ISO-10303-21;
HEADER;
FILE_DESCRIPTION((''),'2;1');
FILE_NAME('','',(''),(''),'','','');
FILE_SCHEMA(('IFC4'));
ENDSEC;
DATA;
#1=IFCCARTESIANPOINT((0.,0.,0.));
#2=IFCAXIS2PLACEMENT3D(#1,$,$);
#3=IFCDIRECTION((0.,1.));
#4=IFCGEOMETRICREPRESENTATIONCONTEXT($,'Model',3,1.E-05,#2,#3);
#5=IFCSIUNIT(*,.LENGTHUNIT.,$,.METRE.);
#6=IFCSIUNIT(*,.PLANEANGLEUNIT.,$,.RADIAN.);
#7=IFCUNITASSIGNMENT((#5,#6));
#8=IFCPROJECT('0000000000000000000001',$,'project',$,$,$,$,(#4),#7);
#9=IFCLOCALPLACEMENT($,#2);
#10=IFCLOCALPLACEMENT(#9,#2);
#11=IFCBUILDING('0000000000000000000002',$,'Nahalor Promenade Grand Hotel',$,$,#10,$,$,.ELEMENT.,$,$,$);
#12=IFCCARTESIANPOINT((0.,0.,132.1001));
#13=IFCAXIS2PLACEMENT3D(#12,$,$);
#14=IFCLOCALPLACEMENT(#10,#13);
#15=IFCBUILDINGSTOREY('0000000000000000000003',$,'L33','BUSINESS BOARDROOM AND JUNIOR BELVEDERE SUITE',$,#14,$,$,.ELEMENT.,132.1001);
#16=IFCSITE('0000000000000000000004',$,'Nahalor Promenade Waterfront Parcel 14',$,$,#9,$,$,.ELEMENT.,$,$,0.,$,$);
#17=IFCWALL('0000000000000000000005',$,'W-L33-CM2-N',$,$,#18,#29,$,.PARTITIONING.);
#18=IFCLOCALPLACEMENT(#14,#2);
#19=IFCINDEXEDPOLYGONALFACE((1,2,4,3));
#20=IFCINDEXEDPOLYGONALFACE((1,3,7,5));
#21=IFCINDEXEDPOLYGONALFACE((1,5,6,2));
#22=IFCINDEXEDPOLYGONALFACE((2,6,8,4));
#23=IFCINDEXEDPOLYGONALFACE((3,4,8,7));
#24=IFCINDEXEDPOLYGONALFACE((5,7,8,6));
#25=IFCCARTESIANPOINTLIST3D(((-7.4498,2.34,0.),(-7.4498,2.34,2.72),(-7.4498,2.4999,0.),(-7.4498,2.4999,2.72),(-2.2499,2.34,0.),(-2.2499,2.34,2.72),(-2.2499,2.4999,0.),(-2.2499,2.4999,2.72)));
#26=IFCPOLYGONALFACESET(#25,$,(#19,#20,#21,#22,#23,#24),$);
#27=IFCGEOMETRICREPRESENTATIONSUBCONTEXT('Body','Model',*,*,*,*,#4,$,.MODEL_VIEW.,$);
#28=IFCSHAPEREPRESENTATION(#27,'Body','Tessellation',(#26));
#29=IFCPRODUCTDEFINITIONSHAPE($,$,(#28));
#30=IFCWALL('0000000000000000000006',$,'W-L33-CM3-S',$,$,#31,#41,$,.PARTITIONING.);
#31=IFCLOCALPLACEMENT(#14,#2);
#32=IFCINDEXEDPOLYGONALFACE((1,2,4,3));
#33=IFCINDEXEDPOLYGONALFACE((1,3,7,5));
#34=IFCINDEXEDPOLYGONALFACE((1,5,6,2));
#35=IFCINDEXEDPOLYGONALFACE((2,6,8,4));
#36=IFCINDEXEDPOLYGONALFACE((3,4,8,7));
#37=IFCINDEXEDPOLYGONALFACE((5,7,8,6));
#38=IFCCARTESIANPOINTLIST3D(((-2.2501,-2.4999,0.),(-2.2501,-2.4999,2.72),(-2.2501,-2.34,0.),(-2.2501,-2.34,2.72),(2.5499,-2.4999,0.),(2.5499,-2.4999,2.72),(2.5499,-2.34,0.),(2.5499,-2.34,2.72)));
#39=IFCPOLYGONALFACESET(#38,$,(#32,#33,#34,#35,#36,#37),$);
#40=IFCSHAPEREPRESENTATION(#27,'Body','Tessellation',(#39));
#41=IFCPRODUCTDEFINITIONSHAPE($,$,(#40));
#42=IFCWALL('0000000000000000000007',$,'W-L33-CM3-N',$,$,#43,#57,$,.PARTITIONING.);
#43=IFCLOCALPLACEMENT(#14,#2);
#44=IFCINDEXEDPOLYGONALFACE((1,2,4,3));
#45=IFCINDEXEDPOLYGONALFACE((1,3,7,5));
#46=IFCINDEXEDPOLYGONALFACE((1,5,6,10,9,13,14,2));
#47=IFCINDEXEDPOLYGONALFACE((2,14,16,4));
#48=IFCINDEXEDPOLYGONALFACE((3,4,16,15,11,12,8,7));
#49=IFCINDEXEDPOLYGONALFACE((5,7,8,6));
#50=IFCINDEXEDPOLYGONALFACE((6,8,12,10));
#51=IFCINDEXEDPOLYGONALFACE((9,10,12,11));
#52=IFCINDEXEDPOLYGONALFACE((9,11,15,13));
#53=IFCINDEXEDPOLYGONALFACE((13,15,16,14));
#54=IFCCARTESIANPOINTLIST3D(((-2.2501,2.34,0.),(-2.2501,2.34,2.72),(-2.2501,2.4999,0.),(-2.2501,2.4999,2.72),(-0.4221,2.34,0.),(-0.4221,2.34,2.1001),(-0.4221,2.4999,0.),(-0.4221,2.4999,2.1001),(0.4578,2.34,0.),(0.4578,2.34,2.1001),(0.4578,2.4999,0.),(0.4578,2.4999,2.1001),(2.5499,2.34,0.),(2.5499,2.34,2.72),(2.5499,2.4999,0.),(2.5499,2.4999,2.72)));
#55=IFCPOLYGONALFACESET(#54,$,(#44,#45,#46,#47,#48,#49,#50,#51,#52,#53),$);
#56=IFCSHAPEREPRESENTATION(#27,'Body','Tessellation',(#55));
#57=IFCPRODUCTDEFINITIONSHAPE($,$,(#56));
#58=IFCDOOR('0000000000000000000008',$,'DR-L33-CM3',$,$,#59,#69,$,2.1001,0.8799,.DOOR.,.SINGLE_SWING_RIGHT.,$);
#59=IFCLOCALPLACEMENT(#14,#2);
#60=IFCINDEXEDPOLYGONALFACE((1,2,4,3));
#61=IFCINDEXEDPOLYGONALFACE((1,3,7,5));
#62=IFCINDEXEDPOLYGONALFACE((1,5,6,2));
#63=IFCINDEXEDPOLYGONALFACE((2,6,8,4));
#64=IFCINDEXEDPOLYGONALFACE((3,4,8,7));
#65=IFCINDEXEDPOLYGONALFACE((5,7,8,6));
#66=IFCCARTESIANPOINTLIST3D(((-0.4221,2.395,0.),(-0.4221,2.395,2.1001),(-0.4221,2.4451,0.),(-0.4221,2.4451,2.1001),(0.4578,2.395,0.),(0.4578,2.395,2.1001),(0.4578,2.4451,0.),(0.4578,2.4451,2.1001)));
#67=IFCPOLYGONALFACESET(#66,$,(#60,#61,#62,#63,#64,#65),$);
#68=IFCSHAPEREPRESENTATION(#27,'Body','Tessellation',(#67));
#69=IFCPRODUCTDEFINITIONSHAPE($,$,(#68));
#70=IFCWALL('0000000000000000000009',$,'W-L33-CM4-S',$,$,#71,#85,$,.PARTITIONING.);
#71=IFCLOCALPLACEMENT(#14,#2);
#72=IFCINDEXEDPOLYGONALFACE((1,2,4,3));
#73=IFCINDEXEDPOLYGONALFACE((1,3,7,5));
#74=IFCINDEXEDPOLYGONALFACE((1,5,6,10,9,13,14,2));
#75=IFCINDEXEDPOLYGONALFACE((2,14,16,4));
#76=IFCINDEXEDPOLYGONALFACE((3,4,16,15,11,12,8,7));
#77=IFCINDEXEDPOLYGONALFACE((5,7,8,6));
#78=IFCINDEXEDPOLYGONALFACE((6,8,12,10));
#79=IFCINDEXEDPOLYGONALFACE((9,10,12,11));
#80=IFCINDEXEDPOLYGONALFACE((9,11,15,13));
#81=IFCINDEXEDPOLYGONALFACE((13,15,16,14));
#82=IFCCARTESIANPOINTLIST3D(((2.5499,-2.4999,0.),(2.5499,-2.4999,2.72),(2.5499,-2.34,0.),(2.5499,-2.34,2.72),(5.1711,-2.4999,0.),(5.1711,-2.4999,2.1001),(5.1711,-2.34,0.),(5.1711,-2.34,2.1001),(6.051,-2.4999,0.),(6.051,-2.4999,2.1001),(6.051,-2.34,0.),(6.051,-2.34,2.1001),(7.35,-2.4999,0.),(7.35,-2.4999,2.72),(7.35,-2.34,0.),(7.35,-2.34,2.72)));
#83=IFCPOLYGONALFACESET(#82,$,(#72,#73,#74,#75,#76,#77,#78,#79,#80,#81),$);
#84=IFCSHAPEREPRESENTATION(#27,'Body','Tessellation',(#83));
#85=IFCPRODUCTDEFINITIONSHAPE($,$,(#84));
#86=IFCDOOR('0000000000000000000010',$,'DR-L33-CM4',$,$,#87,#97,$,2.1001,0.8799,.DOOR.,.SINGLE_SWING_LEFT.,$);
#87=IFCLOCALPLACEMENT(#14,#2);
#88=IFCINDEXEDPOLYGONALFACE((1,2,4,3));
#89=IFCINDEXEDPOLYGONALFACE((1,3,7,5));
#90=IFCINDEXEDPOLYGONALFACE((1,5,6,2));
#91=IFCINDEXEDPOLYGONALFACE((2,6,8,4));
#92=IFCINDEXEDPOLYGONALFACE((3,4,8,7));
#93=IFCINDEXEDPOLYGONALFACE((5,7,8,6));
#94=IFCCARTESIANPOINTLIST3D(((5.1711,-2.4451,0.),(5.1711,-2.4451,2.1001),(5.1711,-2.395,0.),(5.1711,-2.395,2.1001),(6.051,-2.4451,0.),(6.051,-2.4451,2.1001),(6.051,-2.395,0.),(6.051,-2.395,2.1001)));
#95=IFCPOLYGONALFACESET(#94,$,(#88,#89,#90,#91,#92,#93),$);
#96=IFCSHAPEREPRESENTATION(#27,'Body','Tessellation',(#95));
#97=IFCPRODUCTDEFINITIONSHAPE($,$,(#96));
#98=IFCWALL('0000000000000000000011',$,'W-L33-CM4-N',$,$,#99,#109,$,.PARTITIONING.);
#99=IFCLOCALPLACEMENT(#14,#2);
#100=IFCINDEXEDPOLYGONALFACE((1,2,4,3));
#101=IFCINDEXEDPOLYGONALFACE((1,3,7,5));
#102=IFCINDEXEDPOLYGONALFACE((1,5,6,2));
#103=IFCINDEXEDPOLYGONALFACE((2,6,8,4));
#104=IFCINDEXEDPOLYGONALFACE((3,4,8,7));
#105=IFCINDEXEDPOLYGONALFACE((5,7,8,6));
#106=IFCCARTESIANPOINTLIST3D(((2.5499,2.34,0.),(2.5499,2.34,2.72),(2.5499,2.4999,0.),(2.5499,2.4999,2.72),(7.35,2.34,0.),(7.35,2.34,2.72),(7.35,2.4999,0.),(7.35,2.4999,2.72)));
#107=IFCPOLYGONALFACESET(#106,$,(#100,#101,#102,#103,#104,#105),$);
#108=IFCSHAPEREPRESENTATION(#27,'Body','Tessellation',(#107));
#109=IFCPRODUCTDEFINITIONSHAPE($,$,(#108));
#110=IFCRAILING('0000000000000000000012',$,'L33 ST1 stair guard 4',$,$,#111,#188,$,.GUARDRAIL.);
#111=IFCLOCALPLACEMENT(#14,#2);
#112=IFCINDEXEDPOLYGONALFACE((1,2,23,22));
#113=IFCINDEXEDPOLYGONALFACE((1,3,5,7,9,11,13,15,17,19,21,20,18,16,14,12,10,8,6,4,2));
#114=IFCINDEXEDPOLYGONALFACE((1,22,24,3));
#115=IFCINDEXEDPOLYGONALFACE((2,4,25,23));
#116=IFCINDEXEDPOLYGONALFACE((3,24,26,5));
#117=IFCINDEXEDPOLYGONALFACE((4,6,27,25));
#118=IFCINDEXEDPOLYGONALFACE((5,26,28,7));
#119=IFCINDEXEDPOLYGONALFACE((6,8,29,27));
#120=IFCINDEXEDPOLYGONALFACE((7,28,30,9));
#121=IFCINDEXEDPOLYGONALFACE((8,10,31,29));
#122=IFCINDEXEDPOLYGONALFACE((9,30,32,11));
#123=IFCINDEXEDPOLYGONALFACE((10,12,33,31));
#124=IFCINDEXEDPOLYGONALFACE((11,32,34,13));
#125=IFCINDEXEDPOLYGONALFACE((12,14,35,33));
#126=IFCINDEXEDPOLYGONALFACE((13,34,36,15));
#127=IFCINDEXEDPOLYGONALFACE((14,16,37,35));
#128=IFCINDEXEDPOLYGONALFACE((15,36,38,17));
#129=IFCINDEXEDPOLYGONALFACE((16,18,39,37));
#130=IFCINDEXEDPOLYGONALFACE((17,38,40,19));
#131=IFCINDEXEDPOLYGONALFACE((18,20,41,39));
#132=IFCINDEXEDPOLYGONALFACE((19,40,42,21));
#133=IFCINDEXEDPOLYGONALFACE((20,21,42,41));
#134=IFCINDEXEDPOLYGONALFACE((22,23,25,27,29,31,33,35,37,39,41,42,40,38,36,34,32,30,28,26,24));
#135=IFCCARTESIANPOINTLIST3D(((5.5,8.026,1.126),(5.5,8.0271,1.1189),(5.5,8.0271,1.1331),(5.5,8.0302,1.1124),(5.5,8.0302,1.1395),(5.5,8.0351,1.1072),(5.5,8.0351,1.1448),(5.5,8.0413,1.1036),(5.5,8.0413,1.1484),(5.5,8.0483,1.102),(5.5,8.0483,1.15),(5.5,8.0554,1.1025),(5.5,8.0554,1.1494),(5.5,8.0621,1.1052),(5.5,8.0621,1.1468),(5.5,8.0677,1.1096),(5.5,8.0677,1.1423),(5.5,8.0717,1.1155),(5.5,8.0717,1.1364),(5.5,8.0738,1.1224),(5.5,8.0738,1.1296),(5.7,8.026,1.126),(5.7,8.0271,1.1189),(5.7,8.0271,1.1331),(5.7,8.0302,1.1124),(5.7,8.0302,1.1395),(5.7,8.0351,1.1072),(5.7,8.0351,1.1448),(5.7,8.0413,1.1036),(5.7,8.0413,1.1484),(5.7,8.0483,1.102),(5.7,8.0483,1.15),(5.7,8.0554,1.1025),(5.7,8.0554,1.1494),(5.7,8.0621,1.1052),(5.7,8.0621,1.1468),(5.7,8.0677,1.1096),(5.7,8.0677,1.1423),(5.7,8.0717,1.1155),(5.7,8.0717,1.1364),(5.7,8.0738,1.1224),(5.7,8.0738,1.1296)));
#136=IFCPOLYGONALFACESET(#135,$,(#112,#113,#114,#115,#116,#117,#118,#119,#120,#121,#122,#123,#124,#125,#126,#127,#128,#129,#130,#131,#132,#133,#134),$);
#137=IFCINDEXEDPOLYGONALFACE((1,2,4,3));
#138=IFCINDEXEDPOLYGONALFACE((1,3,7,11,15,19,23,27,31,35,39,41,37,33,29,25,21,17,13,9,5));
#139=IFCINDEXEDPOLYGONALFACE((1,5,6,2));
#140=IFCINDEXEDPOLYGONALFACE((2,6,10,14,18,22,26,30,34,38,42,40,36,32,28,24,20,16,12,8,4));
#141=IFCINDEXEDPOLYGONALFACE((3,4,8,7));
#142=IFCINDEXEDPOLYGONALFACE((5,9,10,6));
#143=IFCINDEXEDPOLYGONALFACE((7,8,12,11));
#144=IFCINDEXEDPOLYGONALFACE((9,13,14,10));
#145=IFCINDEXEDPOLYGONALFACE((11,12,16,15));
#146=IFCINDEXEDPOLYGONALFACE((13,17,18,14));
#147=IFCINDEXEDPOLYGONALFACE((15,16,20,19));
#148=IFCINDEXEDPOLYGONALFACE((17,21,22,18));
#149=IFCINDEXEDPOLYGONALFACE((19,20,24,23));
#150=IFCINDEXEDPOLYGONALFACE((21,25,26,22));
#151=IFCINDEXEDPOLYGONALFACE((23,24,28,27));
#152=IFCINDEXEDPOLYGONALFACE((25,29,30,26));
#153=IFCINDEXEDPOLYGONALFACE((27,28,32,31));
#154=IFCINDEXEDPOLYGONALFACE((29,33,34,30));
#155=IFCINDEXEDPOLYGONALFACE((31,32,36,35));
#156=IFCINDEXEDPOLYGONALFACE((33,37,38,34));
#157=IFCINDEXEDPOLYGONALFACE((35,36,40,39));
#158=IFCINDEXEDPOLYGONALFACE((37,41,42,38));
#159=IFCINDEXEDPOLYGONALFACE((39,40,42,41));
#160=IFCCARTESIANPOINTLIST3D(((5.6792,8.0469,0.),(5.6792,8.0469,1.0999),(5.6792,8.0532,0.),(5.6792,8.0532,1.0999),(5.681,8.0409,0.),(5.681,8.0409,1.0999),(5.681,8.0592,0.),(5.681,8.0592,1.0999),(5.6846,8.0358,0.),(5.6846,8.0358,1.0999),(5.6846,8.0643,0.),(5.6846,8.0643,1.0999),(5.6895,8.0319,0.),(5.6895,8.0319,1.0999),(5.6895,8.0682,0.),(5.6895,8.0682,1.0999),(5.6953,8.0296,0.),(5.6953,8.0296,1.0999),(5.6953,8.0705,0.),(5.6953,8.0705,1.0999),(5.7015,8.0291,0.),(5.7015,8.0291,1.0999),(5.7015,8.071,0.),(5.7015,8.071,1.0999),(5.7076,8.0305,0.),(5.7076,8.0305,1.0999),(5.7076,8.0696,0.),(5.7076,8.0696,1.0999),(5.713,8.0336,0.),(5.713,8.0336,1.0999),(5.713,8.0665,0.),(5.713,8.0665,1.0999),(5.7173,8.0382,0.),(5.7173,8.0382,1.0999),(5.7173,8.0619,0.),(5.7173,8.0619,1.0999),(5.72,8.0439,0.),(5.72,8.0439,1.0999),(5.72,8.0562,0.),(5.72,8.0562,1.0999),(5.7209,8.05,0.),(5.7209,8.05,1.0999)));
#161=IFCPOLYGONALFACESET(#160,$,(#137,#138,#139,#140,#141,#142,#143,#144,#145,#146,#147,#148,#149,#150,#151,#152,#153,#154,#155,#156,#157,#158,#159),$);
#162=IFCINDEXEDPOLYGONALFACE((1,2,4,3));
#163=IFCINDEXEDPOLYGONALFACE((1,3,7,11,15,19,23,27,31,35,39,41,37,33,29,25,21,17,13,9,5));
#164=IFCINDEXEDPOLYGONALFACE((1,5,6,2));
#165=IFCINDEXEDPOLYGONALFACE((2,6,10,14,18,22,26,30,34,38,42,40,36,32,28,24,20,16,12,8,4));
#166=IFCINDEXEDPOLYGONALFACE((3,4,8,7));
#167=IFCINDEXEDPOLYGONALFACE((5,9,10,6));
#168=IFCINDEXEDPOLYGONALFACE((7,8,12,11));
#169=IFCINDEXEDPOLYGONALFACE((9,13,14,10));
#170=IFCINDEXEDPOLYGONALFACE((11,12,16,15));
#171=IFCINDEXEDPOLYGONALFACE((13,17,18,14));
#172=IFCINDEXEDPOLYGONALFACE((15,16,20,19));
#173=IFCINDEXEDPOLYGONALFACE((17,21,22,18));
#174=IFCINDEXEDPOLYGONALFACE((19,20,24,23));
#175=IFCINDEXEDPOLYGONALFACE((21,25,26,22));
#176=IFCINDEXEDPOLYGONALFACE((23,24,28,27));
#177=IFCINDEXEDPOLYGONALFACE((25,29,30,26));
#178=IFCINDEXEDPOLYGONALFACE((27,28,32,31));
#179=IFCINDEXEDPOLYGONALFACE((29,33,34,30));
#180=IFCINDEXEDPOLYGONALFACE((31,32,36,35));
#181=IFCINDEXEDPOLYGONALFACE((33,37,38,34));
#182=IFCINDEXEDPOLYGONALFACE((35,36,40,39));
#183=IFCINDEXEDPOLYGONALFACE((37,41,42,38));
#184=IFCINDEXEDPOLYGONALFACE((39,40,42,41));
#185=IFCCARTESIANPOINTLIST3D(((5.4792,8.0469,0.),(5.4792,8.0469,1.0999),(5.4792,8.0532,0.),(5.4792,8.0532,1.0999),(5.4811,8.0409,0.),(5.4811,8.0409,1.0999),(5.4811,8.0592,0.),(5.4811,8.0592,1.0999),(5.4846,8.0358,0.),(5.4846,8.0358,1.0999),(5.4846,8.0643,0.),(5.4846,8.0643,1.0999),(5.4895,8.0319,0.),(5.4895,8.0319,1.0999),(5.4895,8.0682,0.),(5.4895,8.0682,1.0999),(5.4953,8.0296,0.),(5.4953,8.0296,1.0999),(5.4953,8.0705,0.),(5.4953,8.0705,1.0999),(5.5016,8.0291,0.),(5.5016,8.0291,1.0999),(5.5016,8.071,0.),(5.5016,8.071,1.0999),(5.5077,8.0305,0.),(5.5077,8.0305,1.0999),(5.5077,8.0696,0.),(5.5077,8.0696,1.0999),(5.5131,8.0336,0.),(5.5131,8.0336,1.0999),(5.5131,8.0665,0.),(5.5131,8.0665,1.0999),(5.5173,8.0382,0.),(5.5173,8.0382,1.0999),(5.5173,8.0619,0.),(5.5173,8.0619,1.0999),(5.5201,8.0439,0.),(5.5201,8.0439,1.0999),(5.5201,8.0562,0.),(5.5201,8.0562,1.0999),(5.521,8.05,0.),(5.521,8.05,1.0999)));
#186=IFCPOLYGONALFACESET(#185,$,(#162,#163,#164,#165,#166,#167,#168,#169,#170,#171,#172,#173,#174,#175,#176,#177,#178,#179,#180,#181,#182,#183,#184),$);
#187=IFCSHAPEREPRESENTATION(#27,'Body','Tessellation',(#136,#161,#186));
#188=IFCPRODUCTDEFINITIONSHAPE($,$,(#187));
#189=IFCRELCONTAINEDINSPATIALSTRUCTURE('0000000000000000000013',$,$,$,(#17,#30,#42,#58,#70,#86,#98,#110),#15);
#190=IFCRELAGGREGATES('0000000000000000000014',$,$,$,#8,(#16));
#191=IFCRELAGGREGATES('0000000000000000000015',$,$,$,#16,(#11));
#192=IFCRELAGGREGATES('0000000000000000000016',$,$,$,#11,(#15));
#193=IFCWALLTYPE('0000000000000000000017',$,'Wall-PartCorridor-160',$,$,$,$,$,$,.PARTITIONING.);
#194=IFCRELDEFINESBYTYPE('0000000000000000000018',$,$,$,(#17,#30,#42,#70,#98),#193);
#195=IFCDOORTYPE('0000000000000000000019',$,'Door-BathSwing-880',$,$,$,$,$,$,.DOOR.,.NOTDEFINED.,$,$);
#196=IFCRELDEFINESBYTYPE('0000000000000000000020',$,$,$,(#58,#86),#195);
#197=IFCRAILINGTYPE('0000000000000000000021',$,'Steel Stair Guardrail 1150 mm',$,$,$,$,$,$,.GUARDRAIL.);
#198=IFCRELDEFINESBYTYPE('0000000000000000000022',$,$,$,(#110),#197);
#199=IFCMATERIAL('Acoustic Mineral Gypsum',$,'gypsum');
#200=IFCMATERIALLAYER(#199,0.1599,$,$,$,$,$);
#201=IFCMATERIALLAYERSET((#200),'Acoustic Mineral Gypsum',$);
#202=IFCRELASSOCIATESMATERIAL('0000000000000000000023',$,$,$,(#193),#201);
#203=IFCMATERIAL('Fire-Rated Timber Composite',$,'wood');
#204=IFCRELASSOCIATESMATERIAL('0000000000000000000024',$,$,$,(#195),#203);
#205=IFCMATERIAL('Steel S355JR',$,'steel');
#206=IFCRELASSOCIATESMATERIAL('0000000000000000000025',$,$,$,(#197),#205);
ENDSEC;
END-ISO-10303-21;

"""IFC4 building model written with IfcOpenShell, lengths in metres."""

from ifc_helpers import new_model, si_unit, direction, frame, frame_2d, origin, origin_2d, place, context, subcontext, project, spatial, rectangle, circle, extrude, source, transform, mapped, material, layer, layer_set, type_object, element, fill, save


model = new_model("IFC4")

# Units and contexts
model_context = context("Model", 3, precision=1e-05, world=origin(), true_north=direction((0.0, 1.0)))
body_context = subcontext(model_context, "Body", "Model", "MODEL_VIEW")
ifc_project = project(units=[si_unit("LENGTHUNIT", "METRE"), si_unit("PLANEANGLEUNIT", "RADIAN")], contexts=[model_context])

# Site, building, storey
site_placement = place(None, origin())
site = spatial("IfcSite", under=ifc_project, at=site_placement, Name="Nahalor Promenade Waterfront Parcel 14", CompositionType="ELEMENT", RefElevation=0.0)
building_placement = place(site_placement, origin())
building = spatial("IfcBuilding", under=site, at=building_placement, Name="Nahalor Promenade Grand Hotel", CompositionType="ELEMENT")
storey_placement = place(building_placement, frame((0.0, 0.0, 132.1001)))
storey = spatial("IfcBuildingStorey", under=building, at=storey_placement, Name="L33", Description="BUSINESS BOARDROOM AND JUNIOR BELVEDERE SUITE", CompositionType="ELEMENT", Elevation=132.1001)

# Shared definitions
ifc_material_1 = material(Name="Steel S355JR", Category="steel")

# Walls
ifc_material_2 = material(Name="Acoustic Mineral Gypsum", Category="gypsum")
ifc_layer_1 = layer(ifc_material_2, 0.1599)
ifc_layer_set_1 = layer_set([ifc_layer_1], Name="Acoustic Mineral Gypsum")
wall_type_1 = type_object("IfcWallType", Name="Wall-PartCorridor-160", PredefinedType="PARTITIONING", material=ifc_layer_set_1)
shared_shape_1 = source(origin(), body_context, "Body", "SweptSolid", [
    extrude(rectangle(XDim=5.2, YDim=0.1599, at=frame_2d((2.6001, 0.0))), origin(), (0.0, 0.0, 1.0), 2.72),
])
wall_1_placement = place(storey_placement, frame((-7.45, 2.4199, 0.0), z_axis=(0.0, 0.0, 1.0), x_axis=(1.0, 0.0, 0.0)))
element("IfcWall", 1, at=wall_1_placement, inside=storey, type_object=wall_type_1, Name="W-L33-CM2-N", PredefinedType="PARTITIONING", context=body_context, shape_type="MappedRepresentation", body=[
    mapped(shared_shape_1, transform((0.0, 0.0, 0.0), scale=1.0)),
])
shared_shape_2 = source(origin(), body_context, "Body", "SweptSolid", [
    extrude(rectangle(XDim=4.8, YDim=0.1599, at=frame_2d((2.3999, 0.0))), origin(), (0.0, 0.0, 1.0), 2.72),
])
wall_2_placement = place(storey_placement, frame((-2.25, -2.4199, 0.0), z_axis=(0.0, 0.0, 1.0), x_axis=(1.0, 0.0, 0.0)))
element("IfcWall", 2, at=wall_2_placement, inside=storey, type_object=wall_type_1, Name="W-L33-CM3-S", PredefinedType="PARTITIONING", context=body_context, shape_type="MappedRepresentation", body=[
    mapped(shared_shape_2, transform((0.0, 0.0, 0.0), scale=1.0)),
])

# Walls, openings, doors
wall_3_placement = place(storey_placement, frame((-2.25, 2.4199, 0.0), z_axis=(0.0, 0.0, 1.0), x_axis=(1.0, 0.0, 0.0)))
wall_3 = element("IfcWall", 3, at=wall_3_placement, inside=storey, type_object=wall_type_1, Name="W-L33-CM3-N", PredefinedType="PARTITIONING", context=body_context, shape_type="MappedRepresentation", body=[
    mapped(shared_shape_2, transform((0.0, 0.0, 0.0), scale=1.0)),
])
opening_1_placement = place(wall_3_placement, frame((1.8279, 0.0, 0.0)))
opening_1 = element("IfcOpeningElement", 4, at=opening_1_placement, cuts=wall_3, PredefinedType="OPENING", context=body_context, shape_type="SweptSolid", body=[
    extrude(rectangle(XDim=0.8799, YDim=2.1001, at=frame_2d((0.4399, 1.05))), frame((0.0, 0.0898, 0.0), z_axis=(0.0, -1.0, 0.0), x_axis=(1.0, 0.0, 0.0)), (0.0, 0.0, 1.0), 0.1799),
])
ifc_material_3 = material(Name="Fire-Rated Timber Composite", Category="wood")
door_type = type_object("IfcDoorType", Name="Door-BathSwing-880", OperationType="NOTDEFINED", PredefinedType="DOOR", material=ifc_material_3)
shared_shape_3 = source(origin(), body_context, "Body", "SweptSolid", [
    extrude(rectangle(XDim=0.8799, YDim=2.1001, at=frame_2d((0.4399, 1.05))), frame((0.0, 0.0249, 0.0), z_axis=(0.0, -1.0, 0.0), x_axis=(1.0, 0.0, 0.0)), (0.0, 0.0, 1.0), 0.05),
])
door_1_placement = place(opening_1_placement, frame((0.8799, 0.0, 0.0), z_axis=(0.0, 0.0, 1.0), x_axis=(-1.0, 0.0, 0.0)))
door_1 = element("IfcDoor", 5, at=door_1_placement, inside=storey, type_object=door_type, Name="DR-L33-CM3", OperationType="SINGLE_SWING_RIGHT", OverallHeight=2.1001, OverallWidth=0.8799, PredefinedType="DOOR", context=body_context, shape_type="MappedRepresentation", body=[
    mapped(shared_shape_3, transform((0.0, 0.0, 0.0), scale=1.0)),
])
fill(opening_1, door_1)
wall_4_placement = place(storey_placement, frame((2.55, -2.4199, 0.0), z_axis=(0.0, 0.0, 1.0), x_axis=(1.0, 0.0, 0.0)))
wall_4 = element("IfcWall", 6, at=wall_4_placement, inside=storey, type_object=wall_type_1, Name="W-L33-CM4-S", PredefinedType="PARTITIONING", context=body_context, shape_type="MappedRepresentation", body=[
    mapped(shared_shape_2, transform((0.0, 0.0, 0.0), scale=1.0)),
])
opening_2_placement = place(wall_4_placement, frame((2.6211, 0.0, 0.0)))
opening_2 = element("IfcOpeningElement", 7, at=opening_2_placement, cuts=wall_4, PredefinedType="OPENING", context=body_context, shape_type="SweptSolid", body=[
    extrude(rectangle(XDim=0.8799, YDim=2.1001, at=frame_2d((0.4399, 1.05))), frame((0.0, 0.0898, 0.0), z_axis=(0.0, -1.0, 0.0), x_axis=(1.0, 0.0, 0.0)), (0.0, 0.0, 1.0), 0.1799),
])
door_2_placement = place(opening_2_placement, origin())
door_2 = element("IfcDoor", 8, at=door_2_placement, inside=storey, type_object=door_type, Name="DR-L33-CM4", OperationType="SINGLE_SWING_LEFT", OverallHeight=2.1001, OverallWidth=0.8799, PredefinedType="DOOR", context=body_context, shape_type="MappedRepresentation", body=[
    mapped(shared_shape_3, transform((0.0, 0.0, 0.0), scale=1.0)),
])
fill(opening_2, door_2)

# Wall
wall_5_placement = place(storey_placement, frame((2.55, 2.4199, 0.0), z_axis=(0.0, 0.0, 1.0), x_axis=(1.0, 0.0, 0.0)))
element("IfcWall", 9, at=wall_5_placement, inside=storey, type_object=wall_type_1, Name="W-L33-CM4-N", PredefinedType="PARTITIONING", context=body_context, shape_type="MappedRepresentation", body=[
    mapped(shared_shape_2, transform((0.0, 0.0, 0.0), scale=1.0)),
])

# Railing
railing_type_1 = type_object("IfcRailingType", Name="Steel Stair Guardrail 1150 mm", PredefinedType="GUARDRAIL", material=ifc_material_1)
railing_1_placement = place(storey_placement, frame((5.7, 8.05, 0.0)))
element("IfcRailing", 10, at=railing_1_placement, inside=storey, type_object=railing_type_1, Name="L33 ST1 stair guard 4", PredefinedType="GUARDRAIL", context=body_context, shape_type="SweptSolid", body=[
    extrude(circle(Radius=0.024, at=origin_2d()), frame((0.0, 0.0, 1.126), z_axis=(-1.0, 0.0, 0.0), x_axis=(0.0, -1.0, 0.0)), (0.0, 0.0, 1.0), 0.2),
    extrude(circle(Radius=0.021, at=origin_2d()), origin(), (0.0, 0.0, 1.0), 1.0999),
    extrude(circle(Radius=0.021, at=origin_2d()), frame((-0.2, 0.0, 0.0)), (0.0, 0.0, 1.0), 1.0999),
])

save(model, "model.ifc")
